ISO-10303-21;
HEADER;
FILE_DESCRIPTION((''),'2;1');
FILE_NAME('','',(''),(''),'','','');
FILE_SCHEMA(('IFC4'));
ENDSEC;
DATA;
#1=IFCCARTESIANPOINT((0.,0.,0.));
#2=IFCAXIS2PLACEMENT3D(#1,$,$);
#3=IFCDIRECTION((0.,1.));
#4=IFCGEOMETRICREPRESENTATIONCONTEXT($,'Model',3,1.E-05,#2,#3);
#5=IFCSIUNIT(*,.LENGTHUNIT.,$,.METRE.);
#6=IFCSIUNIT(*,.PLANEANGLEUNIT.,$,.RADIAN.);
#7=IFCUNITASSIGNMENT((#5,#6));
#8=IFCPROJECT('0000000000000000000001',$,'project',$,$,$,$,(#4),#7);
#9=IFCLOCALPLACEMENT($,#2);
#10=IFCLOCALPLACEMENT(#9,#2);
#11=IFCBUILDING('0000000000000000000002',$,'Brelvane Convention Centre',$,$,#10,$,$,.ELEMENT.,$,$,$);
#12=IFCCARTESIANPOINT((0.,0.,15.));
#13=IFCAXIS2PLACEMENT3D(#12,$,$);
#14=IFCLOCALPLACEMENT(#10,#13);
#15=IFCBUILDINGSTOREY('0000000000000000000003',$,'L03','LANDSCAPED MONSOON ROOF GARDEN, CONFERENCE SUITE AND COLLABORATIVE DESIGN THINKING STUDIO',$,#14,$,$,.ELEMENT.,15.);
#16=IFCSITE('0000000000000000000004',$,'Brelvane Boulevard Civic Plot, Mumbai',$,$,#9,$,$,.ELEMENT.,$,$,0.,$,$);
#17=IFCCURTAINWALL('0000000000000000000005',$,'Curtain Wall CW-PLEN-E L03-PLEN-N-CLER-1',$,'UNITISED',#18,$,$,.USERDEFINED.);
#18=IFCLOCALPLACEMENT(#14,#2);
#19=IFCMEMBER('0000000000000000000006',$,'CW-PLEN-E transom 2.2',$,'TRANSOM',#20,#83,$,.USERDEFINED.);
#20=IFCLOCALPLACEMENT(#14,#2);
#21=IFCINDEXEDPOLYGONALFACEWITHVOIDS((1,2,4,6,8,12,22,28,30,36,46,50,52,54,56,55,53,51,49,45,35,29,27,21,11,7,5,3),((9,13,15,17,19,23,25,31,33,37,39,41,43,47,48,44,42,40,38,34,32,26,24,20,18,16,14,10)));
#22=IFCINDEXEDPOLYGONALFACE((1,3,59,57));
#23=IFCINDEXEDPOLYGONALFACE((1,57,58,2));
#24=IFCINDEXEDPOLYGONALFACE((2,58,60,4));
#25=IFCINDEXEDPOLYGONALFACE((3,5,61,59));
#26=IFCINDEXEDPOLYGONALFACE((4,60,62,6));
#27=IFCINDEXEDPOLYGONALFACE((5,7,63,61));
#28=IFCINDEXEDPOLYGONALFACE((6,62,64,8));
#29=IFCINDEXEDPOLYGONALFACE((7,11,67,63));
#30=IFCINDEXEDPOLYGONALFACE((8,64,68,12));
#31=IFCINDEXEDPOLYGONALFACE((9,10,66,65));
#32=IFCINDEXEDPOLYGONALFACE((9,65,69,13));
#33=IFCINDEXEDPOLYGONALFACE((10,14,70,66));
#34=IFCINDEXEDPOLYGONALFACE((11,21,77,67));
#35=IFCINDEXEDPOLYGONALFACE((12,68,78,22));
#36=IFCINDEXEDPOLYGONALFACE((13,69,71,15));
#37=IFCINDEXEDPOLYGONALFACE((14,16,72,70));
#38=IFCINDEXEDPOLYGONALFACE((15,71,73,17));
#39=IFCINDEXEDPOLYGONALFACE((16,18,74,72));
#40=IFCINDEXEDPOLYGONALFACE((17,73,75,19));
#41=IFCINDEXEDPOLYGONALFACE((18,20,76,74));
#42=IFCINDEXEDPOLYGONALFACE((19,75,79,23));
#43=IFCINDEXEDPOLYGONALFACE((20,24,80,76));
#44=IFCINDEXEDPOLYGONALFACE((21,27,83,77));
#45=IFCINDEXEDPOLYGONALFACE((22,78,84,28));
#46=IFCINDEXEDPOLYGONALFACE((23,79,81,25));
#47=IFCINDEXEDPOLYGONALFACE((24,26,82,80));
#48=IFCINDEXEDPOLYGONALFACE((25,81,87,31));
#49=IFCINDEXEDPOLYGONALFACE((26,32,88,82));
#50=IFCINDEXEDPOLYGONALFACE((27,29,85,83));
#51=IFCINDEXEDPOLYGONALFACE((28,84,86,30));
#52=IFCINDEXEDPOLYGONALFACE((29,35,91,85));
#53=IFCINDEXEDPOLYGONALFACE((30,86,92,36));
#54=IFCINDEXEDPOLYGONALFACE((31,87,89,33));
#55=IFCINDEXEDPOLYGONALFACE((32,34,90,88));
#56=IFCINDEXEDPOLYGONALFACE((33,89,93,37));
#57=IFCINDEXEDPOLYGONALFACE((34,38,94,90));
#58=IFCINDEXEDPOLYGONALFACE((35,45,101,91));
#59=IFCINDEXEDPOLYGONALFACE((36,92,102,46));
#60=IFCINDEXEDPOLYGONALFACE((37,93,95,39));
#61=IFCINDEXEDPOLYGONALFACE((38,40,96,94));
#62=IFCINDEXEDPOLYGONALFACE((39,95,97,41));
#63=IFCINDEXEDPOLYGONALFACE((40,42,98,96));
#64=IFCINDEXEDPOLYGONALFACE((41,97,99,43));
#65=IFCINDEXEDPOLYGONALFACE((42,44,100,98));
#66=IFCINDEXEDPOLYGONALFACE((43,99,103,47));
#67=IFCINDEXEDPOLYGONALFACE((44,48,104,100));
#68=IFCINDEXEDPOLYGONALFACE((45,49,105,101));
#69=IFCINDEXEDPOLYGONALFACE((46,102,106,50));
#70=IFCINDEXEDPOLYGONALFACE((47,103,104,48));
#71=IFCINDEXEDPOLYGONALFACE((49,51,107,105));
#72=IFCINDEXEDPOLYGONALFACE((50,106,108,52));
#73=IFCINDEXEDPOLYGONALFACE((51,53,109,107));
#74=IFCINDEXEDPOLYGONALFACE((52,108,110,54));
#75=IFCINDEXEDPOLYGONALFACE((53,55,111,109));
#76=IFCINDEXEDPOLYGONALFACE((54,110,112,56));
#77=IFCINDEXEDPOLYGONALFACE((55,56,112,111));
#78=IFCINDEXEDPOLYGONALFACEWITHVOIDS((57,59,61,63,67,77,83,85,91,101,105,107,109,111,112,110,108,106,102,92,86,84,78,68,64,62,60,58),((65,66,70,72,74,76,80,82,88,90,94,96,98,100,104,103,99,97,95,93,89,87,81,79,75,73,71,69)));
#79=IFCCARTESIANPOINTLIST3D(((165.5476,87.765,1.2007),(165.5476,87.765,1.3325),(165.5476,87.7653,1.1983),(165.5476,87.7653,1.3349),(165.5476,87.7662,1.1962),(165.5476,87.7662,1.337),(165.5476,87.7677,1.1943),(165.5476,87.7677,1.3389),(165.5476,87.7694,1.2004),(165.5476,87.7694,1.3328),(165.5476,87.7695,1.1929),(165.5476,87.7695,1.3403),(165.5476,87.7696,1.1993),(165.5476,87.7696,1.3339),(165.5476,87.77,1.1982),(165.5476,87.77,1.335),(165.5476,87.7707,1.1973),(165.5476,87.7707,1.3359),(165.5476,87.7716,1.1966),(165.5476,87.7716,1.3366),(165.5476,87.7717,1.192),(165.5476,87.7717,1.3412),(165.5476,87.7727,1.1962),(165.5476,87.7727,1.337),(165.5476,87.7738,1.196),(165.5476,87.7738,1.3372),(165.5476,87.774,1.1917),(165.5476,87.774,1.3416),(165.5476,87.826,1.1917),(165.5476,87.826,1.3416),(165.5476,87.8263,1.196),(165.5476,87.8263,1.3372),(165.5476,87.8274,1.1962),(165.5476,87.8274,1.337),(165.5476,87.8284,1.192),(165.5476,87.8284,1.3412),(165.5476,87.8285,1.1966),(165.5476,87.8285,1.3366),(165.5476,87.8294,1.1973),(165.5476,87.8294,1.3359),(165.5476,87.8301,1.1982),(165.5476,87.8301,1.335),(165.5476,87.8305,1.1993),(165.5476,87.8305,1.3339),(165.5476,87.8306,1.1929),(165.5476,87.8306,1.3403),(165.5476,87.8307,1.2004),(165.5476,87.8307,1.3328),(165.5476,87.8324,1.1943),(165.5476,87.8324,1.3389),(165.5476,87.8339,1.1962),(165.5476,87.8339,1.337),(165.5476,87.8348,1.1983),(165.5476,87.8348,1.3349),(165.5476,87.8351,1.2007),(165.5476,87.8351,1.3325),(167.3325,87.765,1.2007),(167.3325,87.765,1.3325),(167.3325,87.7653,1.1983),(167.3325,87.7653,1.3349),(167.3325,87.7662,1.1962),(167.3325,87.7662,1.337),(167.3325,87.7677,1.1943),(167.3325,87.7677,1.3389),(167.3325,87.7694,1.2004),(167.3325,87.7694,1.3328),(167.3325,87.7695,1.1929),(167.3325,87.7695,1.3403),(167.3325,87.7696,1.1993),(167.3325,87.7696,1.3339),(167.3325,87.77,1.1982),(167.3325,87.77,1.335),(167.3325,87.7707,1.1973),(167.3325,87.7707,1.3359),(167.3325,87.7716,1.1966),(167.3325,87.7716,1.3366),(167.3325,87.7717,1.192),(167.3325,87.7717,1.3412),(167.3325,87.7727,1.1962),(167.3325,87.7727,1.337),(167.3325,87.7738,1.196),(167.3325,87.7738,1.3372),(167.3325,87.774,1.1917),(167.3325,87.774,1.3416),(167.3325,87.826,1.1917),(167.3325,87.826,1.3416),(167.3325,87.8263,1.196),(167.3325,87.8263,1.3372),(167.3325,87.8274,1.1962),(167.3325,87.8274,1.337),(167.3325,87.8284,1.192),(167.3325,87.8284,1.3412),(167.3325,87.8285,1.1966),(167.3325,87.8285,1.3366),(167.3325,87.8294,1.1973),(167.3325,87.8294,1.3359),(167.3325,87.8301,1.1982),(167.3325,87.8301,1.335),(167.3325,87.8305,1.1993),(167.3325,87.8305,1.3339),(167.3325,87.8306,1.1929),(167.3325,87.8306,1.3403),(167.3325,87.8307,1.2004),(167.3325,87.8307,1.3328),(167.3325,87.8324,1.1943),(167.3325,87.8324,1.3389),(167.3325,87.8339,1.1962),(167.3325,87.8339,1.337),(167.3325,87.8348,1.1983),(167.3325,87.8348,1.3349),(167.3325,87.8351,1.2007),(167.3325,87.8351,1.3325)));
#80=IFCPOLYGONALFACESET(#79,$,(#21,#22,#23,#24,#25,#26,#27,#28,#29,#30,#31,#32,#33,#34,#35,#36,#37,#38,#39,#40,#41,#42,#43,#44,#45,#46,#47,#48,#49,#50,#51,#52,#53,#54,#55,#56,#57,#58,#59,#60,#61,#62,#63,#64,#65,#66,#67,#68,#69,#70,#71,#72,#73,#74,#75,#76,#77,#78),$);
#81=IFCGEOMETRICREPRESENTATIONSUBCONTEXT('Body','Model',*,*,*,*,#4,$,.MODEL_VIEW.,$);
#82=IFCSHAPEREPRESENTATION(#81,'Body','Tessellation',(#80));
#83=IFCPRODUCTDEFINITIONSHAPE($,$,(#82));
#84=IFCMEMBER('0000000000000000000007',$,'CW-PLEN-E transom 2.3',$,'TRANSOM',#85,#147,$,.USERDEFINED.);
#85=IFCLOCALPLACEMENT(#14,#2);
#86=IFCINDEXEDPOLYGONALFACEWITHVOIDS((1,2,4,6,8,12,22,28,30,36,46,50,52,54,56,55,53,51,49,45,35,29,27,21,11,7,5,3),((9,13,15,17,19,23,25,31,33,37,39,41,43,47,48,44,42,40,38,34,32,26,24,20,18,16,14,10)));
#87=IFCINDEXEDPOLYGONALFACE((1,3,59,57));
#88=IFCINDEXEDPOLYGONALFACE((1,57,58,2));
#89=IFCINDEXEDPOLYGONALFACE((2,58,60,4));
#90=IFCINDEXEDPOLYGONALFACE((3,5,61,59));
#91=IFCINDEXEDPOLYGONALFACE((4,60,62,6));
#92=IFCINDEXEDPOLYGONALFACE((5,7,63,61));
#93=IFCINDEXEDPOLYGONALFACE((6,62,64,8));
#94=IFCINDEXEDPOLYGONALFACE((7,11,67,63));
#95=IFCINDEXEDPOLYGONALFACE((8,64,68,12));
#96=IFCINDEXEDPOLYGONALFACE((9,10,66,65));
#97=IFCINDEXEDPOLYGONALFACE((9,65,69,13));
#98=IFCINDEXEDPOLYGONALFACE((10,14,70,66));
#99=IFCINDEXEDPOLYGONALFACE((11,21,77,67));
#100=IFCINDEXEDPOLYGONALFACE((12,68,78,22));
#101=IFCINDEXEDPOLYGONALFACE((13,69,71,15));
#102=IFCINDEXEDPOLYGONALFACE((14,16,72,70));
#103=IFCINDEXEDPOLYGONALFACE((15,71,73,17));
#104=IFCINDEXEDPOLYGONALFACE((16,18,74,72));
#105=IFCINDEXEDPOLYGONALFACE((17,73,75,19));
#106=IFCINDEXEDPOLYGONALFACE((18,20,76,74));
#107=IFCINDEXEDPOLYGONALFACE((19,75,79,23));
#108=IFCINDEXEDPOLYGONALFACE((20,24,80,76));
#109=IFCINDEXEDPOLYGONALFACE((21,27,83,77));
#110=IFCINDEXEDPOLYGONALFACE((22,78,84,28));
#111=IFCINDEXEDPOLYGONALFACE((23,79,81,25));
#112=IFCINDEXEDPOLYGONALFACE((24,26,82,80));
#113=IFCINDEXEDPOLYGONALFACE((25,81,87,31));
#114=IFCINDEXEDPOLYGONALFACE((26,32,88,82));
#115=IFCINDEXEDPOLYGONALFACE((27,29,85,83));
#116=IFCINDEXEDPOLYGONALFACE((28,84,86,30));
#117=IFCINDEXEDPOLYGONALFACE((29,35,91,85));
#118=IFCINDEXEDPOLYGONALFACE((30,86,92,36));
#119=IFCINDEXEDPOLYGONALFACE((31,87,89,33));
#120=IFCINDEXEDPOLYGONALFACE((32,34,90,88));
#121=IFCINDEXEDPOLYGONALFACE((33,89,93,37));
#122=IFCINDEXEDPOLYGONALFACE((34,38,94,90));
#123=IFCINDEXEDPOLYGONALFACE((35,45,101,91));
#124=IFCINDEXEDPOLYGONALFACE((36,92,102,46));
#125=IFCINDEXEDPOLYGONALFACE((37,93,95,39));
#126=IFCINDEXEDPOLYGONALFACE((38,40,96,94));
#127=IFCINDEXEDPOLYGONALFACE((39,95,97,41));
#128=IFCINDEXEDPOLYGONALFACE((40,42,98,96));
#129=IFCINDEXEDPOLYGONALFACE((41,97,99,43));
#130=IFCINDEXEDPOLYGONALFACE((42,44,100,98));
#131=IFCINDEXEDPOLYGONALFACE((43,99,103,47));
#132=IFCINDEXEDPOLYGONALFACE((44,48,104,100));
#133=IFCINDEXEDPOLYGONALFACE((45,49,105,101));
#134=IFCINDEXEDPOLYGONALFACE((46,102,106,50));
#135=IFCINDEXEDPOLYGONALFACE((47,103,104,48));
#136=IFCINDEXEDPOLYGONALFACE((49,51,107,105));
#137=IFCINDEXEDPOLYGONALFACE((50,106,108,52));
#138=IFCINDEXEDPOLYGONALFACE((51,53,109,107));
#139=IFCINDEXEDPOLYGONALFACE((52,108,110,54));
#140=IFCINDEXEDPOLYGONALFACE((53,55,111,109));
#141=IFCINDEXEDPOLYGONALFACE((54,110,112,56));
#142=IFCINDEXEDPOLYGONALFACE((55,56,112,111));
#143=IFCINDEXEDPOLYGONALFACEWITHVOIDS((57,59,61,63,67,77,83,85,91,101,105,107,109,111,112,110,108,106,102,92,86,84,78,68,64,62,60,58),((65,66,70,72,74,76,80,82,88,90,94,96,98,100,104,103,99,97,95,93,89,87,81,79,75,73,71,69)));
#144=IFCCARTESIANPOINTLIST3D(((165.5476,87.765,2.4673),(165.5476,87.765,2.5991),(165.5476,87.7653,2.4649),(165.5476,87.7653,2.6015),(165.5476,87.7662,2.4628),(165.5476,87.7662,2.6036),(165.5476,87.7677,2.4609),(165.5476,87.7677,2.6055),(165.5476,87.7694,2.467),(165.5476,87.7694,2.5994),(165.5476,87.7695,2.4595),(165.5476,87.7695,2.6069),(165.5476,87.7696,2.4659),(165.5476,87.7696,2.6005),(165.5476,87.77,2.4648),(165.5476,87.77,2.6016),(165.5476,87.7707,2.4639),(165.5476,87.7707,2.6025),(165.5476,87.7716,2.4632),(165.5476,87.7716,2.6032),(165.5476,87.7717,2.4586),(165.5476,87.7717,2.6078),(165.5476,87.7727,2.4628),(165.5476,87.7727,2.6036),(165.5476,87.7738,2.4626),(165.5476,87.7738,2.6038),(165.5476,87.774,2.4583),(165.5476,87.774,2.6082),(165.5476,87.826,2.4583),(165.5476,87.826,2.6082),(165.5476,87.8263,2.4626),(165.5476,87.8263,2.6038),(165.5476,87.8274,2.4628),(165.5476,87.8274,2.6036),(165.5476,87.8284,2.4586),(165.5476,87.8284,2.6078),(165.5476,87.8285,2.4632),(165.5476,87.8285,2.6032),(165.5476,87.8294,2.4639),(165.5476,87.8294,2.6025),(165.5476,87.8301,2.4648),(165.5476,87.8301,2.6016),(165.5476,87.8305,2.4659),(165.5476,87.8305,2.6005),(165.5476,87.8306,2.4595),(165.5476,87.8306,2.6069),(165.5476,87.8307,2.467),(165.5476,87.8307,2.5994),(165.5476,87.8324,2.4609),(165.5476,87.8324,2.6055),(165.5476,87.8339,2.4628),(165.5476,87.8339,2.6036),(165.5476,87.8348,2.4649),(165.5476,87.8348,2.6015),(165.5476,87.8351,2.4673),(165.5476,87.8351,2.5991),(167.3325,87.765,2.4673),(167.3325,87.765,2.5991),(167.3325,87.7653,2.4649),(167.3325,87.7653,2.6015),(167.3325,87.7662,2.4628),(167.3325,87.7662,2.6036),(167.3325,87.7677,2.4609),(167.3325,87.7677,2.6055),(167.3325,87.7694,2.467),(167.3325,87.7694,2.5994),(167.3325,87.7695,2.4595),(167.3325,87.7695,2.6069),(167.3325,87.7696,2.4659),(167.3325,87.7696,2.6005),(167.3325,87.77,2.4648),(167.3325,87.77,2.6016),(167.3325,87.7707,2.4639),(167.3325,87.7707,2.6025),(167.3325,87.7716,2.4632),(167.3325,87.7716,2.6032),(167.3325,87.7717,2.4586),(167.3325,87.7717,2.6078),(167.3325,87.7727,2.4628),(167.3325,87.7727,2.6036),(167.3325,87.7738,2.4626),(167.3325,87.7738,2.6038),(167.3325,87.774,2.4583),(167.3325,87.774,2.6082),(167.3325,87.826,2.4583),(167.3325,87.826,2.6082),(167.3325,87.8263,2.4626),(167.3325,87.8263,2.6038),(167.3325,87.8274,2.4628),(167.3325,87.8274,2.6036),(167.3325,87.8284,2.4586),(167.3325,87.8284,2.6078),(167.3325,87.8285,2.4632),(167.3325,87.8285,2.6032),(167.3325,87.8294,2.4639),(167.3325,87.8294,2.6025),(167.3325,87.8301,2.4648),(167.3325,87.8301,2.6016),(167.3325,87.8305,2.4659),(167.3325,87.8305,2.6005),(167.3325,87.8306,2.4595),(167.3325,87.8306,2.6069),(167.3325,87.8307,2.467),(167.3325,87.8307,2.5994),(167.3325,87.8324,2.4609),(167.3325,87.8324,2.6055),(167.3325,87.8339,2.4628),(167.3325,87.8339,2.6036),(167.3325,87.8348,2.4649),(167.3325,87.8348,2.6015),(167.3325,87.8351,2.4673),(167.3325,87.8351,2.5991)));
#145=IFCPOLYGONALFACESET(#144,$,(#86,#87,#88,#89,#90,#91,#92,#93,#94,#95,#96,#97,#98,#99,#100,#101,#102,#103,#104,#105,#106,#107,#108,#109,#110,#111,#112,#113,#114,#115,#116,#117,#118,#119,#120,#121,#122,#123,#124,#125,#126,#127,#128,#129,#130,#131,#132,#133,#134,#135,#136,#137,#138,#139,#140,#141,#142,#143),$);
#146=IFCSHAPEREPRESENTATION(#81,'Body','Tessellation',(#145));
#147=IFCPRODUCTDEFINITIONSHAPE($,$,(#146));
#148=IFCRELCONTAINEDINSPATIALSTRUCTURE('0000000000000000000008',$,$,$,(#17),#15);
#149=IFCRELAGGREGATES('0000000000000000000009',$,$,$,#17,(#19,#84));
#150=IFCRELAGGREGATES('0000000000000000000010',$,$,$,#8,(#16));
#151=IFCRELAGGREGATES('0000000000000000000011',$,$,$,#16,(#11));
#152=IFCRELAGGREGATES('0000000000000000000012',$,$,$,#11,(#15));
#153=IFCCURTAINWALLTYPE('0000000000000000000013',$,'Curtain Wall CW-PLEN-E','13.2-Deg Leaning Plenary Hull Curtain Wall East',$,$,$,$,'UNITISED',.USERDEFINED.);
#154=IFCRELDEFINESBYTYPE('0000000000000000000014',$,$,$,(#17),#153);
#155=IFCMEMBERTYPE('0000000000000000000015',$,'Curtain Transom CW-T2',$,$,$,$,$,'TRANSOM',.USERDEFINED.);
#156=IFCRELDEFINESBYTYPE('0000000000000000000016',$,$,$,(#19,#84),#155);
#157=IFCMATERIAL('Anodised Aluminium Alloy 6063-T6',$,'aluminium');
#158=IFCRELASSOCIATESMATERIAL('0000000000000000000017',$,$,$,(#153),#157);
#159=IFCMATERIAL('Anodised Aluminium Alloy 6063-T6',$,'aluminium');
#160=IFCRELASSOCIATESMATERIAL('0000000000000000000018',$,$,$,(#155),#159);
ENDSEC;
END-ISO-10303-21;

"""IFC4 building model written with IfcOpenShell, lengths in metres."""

from ifc_helpers import new_model, si_unit, direction, frame, origin, origin_2d, place, context, subcontext, project, spatial, hollow_rectangle, extrude, material, material_profile, profile_set, type_object, element, aggregate, save


model = new_model("IFC4")

# Units and contexts
model_context = context("Model", 3, precision=1e-05, world=origin(), true_north=direction((0.0, 1.0)))
body_context = subcontext(model_context, "Body", "Model", "MODEL_VIEW")
ifc_project = project(units=[si_unit("LENGTHUNIT", "METRE"), si_unit("PLANEANGLEUNIT", "RADIAN")], contexts=[model_context])

# Site, building, storey
site_placement = place(None, origin())
site = spatial("IfcSite", under=ifc_project, at=site_placement, Name="Brelvane Boulevard Civic Plot, Mumbai", CompositionType="ELEMENT", RefElevation=0.0)
building_placement = place(site_placement, origin())
building = spatial("IfcBuilding", under=site, at=building_placement, Name="Brelvane Convention Centre", CompositionType="ELEMENT")
storey_placement = place(building_placement, frame((0.0, 0.0, 15.0)))
storey = spatial("IfcBuildingStorey", under=building, at=storey_placement, Name="L03", Description="LANDSCAPED MONSOON ROOF GARDEN, CONFERENCE SUITE AND COLLABORATIVE DESIGN THINKING STUDIO", CompositionType="ELEMENT", Elevation=15.0)

# Curtain wall, members
ifc_material_1 = material(Name="Anodised Aluminium Alloy 6063-T6", Category="aluminium")
curtain_wall_type = type_object("IfcCurtainWallType", Name="Curtain Wall CW-PLEN-E", Description="13.2-Deg Leaning Plenary Hull Curtain Wall East", ElementType="UNITISED", PredefinedType="USERDEFINED", material=ifc_material_1)
curtain_wall_placement = place(storey_placement, origin())
curtain_wall = element("IfcCurtainWall", 1, at=curtain_wall_placement, inside=storey, type_object=curtain_wall_type, Name="Curtain Wall CW-PLEN-E L03-PLEN-N-CLER-1", ObjectType="UNITISED", PredefinedType="USERDEFINED")
ifc_material_2 = material(Name="Anodised Aluminium Alloy 6063-T6", Category="aluminium")
ifc_material_profile_1 = material_profile(ifc_material_2, hollow_rectangle(XDim=0.0701, YDim=0.1499, WallThickness=0.0044, InnerFilletRadius=0.0044, OuterFilletRadius=0.009, at=origin_2d()), Name="ALU-T 150x70x4.5")
ifc_profile_set_1 = profile_set([ifc_material_profile_1], Name="Anodised Aluminium Alloy 6063-T6")
member_type_1 = type_object("IfcMemberType", Name="Curtain Transom CW-T2", ElementType="TRANSOM", PredefinedType="USERDEFINED", material=ifc_profile_set_1)
member_1_placement = place(storey_placement, frame((165.5476, 87.8, 1.2666), z_axis=(1.0, 0.0, 0.0), x_axis=(0.0, 1.0, 0.0)))
member_1 = element("IfcMember", 2, at=member_1_placement, type_object=member_type_1, Name="CW-PLEN-E transom 2.2", ObjectType="TRANSOM", PredefinedType="USERDEFINED", context=body_context, shape_type="SweptSolid", body=[
    extrude(hollow_rectangle(XDim=0.0701, YDim=0.1499, WallThickness=0.0044, InnerFilletRadius=0.0044, OuterFilletRadius=0.009, at=origin_2d()), origin(), (0.0, 0.0, 1.0), 1.7849),
])
member_2_placement = place(storey_placement, frame((165.5476, 87.8, 2.5332), z_axis=(1.0, 0.0, 0.0), x_axis=(0.0, 1.0, 0.0)))
member_2 = element("IfcMember", 3, at=member_2_placement, type_object=member_type_1, Name="CW-PLEN-E transom 2.3", ObjectType="TRANSOM", PredefinedType="USERDEFINED", context=body_context, shape_type="SweptSolid", body=[
    extrude(hollow_rectangle(XDim=0.0701, YDim=0.1499, WallThickness=0.0044, InnerFilletRadius=0.0044, OuterFilletRadius=0.009, at=origin_2d()), origin(), (0.0, 0.0, 1.0), 1.7849),
])

aggregate(curtain_wall, [member_1, member_2])

save(model, "model.ifc")
